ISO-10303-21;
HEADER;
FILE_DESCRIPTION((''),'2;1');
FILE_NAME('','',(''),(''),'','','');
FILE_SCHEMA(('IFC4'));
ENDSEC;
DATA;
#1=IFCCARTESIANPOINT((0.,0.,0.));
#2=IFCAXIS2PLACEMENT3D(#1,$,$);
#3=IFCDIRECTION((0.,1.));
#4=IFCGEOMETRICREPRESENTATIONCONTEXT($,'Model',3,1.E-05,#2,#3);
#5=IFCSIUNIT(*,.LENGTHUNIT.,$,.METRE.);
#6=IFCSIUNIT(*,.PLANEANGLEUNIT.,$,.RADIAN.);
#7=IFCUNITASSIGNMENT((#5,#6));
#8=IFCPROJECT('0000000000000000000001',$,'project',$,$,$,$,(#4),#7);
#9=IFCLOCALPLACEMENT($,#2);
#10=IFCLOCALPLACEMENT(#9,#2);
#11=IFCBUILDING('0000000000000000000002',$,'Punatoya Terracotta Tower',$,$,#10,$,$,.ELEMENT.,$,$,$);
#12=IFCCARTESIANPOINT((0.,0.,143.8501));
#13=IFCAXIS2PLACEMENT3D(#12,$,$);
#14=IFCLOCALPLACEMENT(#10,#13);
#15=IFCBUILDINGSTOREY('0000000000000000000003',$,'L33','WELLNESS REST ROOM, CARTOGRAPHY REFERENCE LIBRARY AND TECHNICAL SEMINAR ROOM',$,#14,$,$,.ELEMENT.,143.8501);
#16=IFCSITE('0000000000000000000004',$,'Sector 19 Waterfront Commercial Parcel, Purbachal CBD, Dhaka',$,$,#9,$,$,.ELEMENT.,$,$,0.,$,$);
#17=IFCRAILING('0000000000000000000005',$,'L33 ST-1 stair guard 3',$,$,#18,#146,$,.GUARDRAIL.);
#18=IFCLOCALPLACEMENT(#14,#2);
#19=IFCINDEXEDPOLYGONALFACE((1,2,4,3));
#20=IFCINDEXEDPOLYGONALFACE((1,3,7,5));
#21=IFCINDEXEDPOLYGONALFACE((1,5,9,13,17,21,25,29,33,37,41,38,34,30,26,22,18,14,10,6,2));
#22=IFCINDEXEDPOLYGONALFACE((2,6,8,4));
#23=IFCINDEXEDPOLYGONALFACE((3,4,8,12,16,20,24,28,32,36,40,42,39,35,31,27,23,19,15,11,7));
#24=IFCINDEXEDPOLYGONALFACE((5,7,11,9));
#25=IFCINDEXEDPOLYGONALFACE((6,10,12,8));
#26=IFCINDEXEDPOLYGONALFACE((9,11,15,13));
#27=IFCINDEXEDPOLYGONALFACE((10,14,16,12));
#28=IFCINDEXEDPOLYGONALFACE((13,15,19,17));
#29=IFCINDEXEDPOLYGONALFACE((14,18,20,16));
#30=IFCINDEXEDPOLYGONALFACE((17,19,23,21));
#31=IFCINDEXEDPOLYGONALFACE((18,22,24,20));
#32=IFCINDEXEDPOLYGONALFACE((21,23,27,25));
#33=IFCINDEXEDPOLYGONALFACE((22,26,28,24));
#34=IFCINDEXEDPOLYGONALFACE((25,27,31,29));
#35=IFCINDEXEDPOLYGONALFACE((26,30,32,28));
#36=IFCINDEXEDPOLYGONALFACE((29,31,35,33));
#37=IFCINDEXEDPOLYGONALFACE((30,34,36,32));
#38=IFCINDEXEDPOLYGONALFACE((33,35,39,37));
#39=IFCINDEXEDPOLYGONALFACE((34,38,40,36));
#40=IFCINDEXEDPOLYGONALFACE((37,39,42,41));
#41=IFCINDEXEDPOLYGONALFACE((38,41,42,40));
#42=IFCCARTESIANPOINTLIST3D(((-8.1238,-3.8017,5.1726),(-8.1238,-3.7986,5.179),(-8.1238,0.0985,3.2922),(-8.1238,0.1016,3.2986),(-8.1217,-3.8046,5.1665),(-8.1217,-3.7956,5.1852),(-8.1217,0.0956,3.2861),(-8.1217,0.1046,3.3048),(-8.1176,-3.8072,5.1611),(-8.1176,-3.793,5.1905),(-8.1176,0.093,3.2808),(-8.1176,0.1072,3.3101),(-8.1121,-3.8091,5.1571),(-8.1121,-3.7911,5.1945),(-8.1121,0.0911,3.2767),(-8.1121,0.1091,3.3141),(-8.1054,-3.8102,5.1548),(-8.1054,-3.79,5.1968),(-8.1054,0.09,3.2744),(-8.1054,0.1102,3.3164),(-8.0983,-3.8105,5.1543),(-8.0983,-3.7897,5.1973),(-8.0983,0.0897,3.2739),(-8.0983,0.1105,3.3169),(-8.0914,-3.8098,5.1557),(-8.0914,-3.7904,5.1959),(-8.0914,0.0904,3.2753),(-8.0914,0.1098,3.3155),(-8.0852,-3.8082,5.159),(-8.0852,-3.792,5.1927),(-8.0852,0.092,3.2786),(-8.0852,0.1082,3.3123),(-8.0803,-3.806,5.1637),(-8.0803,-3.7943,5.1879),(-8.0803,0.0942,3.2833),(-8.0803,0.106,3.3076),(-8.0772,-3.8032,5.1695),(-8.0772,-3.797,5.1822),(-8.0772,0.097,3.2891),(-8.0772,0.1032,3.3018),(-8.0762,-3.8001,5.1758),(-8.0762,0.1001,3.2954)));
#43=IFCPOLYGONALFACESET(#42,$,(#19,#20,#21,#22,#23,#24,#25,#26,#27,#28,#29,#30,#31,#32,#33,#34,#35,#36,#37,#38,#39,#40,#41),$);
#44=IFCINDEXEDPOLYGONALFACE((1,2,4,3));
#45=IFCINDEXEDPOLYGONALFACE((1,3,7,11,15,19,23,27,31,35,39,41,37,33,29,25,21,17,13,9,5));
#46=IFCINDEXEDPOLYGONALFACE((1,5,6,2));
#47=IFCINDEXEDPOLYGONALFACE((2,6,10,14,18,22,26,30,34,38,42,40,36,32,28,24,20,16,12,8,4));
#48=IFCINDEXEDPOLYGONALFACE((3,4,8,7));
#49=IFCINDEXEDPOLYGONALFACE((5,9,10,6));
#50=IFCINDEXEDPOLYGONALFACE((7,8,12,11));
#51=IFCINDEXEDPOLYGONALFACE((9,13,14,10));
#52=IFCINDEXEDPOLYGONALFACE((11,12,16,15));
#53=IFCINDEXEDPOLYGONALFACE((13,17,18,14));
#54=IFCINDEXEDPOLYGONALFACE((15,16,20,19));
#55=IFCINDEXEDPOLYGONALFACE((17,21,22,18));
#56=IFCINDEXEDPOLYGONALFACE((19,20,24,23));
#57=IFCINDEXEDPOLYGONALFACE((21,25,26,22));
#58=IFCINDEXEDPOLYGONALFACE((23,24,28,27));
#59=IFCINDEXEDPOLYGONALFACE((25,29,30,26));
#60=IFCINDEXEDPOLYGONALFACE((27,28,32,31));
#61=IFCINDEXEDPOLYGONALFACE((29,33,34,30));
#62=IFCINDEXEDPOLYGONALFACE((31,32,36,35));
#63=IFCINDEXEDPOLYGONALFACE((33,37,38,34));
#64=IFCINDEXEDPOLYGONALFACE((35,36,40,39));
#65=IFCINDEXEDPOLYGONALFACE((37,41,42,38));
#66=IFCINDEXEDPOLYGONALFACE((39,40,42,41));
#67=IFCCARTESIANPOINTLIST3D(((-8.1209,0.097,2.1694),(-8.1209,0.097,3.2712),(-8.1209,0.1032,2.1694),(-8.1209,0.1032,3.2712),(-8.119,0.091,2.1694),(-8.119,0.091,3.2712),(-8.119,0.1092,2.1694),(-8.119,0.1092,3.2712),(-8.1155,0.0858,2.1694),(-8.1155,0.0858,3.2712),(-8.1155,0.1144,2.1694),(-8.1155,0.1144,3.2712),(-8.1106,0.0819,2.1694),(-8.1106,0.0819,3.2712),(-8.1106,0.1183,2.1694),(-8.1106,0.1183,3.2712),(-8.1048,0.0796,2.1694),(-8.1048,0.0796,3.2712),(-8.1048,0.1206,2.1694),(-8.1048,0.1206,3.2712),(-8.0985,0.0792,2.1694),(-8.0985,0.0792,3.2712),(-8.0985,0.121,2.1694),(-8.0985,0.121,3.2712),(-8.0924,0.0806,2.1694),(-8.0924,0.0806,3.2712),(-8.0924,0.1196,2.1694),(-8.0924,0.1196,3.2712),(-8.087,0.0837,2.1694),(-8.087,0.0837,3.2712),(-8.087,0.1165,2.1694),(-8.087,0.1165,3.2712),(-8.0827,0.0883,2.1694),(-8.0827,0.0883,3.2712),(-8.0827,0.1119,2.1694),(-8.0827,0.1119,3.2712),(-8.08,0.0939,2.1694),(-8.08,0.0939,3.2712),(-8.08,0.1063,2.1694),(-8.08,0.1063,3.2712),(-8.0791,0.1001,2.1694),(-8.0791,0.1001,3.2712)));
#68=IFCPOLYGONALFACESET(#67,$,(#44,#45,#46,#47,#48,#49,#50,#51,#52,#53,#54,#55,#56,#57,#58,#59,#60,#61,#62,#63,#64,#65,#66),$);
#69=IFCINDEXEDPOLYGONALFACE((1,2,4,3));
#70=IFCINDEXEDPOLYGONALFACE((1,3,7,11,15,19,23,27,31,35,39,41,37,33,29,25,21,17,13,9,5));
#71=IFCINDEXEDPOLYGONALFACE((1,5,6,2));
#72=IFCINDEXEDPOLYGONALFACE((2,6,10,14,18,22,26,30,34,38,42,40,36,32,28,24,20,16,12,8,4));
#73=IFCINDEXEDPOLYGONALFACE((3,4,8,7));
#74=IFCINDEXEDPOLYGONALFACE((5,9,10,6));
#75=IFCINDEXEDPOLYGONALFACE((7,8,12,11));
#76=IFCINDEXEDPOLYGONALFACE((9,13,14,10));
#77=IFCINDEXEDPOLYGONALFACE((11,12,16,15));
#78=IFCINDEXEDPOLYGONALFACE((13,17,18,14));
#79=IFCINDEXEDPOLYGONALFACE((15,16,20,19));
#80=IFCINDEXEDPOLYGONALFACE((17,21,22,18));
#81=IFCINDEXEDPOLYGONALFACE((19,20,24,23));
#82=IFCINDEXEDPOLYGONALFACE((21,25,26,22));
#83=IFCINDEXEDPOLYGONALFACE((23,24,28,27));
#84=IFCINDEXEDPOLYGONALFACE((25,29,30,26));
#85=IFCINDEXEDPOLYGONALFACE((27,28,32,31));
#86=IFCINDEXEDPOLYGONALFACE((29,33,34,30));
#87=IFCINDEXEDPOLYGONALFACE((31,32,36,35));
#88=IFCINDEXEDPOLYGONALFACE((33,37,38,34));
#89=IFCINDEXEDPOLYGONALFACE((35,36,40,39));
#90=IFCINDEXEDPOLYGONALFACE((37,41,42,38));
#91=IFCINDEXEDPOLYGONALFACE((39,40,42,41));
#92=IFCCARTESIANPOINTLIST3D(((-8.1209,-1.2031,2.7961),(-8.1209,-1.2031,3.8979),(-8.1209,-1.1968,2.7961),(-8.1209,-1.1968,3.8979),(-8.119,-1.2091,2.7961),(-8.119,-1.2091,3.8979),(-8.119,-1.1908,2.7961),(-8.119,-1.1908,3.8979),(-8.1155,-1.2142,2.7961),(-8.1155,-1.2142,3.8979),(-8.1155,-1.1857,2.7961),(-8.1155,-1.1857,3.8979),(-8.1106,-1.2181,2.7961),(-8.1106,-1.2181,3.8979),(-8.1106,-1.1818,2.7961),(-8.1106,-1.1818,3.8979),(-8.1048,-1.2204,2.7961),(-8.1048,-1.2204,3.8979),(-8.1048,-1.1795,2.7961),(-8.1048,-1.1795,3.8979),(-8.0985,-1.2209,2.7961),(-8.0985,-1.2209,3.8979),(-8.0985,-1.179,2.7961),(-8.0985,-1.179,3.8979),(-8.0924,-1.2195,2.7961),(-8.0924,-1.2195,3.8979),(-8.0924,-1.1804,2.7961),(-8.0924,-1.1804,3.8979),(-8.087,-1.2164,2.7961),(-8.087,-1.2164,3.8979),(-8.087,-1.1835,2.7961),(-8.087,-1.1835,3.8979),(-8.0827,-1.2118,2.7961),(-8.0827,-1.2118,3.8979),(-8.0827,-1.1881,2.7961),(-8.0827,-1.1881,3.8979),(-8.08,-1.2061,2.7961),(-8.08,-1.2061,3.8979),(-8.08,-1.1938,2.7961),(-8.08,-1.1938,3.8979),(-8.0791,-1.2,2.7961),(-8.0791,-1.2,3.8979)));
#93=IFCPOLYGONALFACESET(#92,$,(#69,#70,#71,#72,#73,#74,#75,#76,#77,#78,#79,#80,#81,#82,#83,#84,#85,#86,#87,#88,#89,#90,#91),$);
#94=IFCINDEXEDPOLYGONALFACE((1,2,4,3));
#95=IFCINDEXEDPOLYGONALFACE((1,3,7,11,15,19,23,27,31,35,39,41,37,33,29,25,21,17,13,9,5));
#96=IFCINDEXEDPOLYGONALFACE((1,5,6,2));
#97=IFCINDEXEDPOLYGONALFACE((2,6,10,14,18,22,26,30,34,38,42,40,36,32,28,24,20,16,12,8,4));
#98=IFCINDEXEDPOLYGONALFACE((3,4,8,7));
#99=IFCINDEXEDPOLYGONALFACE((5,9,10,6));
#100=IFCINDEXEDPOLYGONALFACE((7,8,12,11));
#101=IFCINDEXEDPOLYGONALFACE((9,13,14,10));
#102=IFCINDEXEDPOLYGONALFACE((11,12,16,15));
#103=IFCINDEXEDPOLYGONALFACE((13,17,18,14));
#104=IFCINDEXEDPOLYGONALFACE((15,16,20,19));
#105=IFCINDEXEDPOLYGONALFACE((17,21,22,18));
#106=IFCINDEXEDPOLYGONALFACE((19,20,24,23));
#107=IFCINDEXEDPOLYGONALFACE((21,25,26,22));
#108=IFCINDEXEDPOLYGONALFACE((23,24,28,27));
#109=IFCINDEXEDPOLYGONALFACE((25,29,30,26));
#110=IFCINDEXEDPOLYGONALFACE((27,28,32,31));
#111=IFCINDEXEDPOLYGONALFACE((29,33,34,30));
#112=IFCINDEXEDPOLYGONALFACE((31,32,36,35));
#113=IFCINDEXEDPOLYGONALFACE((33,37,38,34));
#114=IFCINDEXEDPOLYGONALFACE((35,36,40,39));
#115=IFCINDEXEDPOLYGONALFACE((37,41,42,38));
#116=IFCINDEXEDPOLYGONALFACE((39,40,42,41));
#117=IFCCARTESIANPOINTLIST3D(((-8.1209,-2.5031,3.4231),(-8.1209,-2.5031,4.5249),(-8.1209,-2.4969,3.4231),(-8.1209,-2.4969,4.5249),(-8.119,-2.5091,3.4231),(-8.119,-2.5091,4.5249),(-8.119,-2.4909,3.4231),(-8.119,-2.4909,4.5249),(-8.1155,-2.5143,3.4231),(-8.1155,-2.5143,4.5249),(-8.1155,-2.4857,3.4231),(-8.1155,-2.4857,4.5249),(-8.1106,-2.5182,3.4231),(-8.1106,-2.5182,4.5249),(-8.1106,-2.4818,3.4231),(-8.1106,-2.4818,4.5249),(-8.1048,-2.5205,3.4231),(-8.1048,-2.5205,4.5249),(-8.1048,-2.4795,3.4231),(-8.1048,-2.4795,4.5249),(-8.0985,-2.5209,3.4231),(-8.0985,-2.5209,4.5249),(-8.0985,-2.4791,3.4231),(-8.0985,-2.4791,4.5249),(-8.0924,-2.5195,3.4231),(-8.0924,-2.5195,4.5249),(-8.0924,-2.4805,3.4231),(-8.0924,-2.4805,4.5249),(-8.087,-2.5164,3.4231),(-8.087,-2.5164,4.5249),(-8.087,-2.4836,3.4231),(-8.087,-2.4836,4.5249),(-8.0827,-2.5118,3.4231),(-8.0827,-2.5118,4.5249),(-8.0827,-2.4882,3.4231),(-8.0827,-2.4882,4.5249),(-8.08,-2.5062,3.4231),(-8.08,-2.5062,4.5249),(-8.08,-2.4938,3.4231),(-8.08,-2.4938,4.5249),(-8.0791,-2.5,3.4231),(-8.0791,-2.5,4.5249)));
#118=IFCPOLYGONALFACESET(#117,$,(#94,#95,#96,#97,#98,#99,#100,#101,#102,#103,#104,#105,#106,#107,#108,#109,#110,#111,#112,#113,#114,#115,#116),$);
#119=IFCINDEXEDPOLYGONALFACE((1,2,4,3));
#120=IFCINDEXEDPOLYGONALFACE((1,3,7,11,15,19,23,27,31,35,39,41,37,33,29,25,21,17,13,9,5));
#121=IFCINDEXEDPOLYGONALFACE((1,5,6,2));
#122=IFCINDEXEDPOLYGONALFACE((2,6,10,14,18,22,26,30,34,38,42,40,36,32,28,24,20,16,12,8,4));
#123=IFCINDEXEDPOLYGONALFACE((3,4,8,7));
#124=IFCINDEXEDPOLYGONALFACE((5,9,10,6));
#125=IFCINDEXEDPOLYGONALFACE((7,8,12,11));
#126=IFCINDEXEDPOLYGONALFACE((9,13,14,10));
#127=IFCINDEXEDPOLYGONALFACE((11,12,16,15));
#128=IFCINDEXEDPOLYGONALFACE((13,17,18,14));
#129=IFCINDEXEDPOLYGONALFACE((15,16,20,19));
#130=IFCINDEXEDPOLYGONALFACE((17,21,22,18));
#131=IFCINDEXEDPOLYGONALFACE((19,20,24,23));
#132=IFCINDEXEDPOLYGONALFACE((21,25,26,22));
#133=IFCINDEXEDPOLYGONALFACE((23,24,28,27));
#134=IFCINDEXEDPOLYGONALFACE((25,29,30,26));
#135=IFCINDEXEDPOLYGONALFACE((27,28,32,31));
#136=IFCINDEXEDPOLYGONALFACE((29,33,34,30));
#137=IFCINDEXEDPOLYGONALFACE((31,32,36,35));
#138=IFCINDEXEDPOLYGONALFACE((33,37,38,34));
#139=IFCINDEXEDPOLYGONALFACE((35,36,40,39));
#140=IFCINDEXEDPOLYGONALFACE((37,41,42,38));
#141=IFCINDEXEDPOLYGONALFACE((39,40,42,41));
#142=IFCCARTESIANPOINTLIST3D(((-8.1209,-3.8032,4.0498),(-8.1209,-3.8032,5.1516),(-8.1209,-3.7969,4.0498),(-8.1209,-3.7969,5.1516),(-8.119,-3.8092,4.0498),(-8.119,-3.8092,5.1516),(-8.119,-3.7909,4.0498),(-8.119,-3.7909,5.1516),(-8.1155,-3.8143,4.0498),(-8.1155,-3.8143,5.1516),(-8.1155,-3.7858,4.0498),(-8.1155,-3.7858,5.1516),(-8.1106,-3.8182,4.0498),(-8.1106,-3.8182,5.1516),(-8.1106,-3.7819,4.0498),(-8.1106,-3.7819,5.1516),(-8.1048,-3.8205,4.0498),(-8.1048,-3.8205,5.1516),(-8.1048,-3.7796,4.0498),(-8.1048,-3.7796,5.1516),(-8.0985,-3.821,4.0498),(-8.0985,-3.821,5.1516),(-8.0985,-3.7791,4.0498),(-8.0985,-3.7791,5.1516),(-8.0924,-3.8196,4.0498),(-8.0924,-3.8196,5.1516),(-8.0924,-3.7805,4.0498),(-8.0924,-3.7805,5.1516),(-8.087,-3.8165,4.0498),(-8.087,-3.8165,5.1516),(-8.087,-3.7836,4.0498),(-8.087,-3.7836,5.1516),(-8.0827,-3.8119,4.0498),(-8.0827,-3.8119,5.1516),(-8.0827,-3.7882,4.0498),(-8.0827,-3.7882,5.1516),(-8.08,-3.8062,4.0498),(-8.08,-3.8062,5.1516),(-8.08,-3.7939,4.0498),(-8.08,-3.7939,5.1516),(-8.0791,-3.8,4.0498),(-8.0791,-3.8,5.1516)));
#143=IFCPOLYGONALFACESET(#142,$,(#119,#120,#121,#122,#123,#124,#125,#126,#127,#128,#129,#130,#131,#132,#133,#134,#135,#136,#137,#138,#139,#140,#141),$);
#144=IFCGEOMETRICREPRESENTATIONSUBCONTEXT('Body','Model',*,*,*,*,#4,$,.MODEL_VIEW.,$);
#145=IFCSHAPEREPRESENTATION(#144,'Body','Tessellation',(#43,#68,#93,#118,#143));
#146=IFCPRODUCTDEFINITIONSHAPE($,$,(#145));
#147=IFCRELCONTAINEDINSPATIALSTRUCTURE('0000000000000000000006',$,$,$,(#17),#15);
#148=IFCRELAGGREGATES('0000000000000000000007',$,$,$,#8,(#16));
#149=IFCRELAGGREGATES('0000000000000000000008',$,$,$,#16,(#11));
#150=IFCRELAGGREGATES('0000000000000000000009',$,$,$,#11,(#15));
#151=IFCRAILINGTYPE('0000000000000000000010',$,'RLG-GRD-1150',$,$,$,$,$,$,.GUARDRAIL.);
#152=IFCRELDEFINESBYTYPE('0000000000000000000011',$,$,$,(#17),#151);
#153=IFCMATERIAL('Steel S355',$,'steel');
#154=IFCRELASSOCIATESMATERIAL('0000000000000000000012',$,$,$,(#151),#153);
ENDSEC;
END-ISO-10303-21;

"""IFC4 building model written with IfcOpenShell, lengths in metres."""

from ifc_helpers import new_model, si_unit, direction, frame, origin, origin_2d, place, context, subcontext, project, spatial, circle, extrude, material, type_object, element, save


model = new_model("IFC4")

# Units and contexts
model_context = context("Model", 3, precision=1e-05, world=origin(), true_north=direction((0.0, 1.0)))
body_context = subcontext(model_context, "Body", "Model", "MODEL_VIEW")
ifc_project = project(units=[si_unit("LENGTHUNIT", "METRE"), si_unit("PLANEANGLEUNIT", "RADIAN")], contexts=[model_context])

# Site, building, storey
site_placement = place(None, origin())
site = spatial("IfcSite", under=ifc_project, at=site_placement, Name="Sector 19 Waterfront Commercial Parcel, Purbachal CBD, Dhaka", CompositionType="ELEMENT", RefElevation=0.0)
building_placement = place(site_placement, origin())
building = spatial("IfcBuilding", under=site, at=building_placement, Name="Punatoya Terracotta Tower", CompositionType="ELEMENT")
storey_placement = place(building_placement, frame((0.0, 0.0, 143.8501)))
storey = spatial("IfcBuildingStorey", under=building, at=storey_placement, Name="L33", Description="WELLNESS REST ROOM, CARTOGRAPHY REFERENCE LIBRARY AND TECHNICAL SEMINAR ROOM", CompositionType="ELEMENT", Elevation=143.8501)

# Shared definitions
ifc_material_1 = material(Name="Steel S355", Category="steel")

# Railing
railing_type = type_object("IfcRailingType", Name="RLG-GRD-1150", PredefinedType="GUARDRAIL", material=ifc_material_1)
railing_1_placement = place(storey_placement, frame((-8.1001, 0.1001, 2.1694)))
element("IfcRailing", 1, at=railing_1_placement, inside=storey, type_object=railing_type, Name="L33 ST-1 stair guard 3", PredefinedType="GUARDRAIL", context=body_context, shape_type="SweptSolid", body=[
    extrude(circle(Radius=0.0239, at=origin_2d()), frame((0.0, 0.0, 1.126), z_axis=(0.0, -0.900774, 0.434289), x_axis=(1.0, 0.0, 0.0)), (0.0, 0.0, 1.0), 4.3298),
    extrude(circle(Radius=0.021, at=origin_2d()), origin(), (0.0, 0.0, 1.0), 1.1018),
    extrude(circle(Radius=0.021, at=origin_2d()), frame((0.0, -1.3, 0.6267)), (0.0, 0.0, 1.0), 1.1018),
    extrude(circle(Radius=0.021, at=origin_2d()), frame((0.0, -2.6001, 1.2537)), (0.0, 0.0, 1.0), 1.1018),
    extrude(circle(Radius=0.021, at=origin_2d()), frame((0.0, -3.9001, 1.8804)), (0.0, 0.0, 1.0), 1.1018),
])

save(model, "model.ifc")
